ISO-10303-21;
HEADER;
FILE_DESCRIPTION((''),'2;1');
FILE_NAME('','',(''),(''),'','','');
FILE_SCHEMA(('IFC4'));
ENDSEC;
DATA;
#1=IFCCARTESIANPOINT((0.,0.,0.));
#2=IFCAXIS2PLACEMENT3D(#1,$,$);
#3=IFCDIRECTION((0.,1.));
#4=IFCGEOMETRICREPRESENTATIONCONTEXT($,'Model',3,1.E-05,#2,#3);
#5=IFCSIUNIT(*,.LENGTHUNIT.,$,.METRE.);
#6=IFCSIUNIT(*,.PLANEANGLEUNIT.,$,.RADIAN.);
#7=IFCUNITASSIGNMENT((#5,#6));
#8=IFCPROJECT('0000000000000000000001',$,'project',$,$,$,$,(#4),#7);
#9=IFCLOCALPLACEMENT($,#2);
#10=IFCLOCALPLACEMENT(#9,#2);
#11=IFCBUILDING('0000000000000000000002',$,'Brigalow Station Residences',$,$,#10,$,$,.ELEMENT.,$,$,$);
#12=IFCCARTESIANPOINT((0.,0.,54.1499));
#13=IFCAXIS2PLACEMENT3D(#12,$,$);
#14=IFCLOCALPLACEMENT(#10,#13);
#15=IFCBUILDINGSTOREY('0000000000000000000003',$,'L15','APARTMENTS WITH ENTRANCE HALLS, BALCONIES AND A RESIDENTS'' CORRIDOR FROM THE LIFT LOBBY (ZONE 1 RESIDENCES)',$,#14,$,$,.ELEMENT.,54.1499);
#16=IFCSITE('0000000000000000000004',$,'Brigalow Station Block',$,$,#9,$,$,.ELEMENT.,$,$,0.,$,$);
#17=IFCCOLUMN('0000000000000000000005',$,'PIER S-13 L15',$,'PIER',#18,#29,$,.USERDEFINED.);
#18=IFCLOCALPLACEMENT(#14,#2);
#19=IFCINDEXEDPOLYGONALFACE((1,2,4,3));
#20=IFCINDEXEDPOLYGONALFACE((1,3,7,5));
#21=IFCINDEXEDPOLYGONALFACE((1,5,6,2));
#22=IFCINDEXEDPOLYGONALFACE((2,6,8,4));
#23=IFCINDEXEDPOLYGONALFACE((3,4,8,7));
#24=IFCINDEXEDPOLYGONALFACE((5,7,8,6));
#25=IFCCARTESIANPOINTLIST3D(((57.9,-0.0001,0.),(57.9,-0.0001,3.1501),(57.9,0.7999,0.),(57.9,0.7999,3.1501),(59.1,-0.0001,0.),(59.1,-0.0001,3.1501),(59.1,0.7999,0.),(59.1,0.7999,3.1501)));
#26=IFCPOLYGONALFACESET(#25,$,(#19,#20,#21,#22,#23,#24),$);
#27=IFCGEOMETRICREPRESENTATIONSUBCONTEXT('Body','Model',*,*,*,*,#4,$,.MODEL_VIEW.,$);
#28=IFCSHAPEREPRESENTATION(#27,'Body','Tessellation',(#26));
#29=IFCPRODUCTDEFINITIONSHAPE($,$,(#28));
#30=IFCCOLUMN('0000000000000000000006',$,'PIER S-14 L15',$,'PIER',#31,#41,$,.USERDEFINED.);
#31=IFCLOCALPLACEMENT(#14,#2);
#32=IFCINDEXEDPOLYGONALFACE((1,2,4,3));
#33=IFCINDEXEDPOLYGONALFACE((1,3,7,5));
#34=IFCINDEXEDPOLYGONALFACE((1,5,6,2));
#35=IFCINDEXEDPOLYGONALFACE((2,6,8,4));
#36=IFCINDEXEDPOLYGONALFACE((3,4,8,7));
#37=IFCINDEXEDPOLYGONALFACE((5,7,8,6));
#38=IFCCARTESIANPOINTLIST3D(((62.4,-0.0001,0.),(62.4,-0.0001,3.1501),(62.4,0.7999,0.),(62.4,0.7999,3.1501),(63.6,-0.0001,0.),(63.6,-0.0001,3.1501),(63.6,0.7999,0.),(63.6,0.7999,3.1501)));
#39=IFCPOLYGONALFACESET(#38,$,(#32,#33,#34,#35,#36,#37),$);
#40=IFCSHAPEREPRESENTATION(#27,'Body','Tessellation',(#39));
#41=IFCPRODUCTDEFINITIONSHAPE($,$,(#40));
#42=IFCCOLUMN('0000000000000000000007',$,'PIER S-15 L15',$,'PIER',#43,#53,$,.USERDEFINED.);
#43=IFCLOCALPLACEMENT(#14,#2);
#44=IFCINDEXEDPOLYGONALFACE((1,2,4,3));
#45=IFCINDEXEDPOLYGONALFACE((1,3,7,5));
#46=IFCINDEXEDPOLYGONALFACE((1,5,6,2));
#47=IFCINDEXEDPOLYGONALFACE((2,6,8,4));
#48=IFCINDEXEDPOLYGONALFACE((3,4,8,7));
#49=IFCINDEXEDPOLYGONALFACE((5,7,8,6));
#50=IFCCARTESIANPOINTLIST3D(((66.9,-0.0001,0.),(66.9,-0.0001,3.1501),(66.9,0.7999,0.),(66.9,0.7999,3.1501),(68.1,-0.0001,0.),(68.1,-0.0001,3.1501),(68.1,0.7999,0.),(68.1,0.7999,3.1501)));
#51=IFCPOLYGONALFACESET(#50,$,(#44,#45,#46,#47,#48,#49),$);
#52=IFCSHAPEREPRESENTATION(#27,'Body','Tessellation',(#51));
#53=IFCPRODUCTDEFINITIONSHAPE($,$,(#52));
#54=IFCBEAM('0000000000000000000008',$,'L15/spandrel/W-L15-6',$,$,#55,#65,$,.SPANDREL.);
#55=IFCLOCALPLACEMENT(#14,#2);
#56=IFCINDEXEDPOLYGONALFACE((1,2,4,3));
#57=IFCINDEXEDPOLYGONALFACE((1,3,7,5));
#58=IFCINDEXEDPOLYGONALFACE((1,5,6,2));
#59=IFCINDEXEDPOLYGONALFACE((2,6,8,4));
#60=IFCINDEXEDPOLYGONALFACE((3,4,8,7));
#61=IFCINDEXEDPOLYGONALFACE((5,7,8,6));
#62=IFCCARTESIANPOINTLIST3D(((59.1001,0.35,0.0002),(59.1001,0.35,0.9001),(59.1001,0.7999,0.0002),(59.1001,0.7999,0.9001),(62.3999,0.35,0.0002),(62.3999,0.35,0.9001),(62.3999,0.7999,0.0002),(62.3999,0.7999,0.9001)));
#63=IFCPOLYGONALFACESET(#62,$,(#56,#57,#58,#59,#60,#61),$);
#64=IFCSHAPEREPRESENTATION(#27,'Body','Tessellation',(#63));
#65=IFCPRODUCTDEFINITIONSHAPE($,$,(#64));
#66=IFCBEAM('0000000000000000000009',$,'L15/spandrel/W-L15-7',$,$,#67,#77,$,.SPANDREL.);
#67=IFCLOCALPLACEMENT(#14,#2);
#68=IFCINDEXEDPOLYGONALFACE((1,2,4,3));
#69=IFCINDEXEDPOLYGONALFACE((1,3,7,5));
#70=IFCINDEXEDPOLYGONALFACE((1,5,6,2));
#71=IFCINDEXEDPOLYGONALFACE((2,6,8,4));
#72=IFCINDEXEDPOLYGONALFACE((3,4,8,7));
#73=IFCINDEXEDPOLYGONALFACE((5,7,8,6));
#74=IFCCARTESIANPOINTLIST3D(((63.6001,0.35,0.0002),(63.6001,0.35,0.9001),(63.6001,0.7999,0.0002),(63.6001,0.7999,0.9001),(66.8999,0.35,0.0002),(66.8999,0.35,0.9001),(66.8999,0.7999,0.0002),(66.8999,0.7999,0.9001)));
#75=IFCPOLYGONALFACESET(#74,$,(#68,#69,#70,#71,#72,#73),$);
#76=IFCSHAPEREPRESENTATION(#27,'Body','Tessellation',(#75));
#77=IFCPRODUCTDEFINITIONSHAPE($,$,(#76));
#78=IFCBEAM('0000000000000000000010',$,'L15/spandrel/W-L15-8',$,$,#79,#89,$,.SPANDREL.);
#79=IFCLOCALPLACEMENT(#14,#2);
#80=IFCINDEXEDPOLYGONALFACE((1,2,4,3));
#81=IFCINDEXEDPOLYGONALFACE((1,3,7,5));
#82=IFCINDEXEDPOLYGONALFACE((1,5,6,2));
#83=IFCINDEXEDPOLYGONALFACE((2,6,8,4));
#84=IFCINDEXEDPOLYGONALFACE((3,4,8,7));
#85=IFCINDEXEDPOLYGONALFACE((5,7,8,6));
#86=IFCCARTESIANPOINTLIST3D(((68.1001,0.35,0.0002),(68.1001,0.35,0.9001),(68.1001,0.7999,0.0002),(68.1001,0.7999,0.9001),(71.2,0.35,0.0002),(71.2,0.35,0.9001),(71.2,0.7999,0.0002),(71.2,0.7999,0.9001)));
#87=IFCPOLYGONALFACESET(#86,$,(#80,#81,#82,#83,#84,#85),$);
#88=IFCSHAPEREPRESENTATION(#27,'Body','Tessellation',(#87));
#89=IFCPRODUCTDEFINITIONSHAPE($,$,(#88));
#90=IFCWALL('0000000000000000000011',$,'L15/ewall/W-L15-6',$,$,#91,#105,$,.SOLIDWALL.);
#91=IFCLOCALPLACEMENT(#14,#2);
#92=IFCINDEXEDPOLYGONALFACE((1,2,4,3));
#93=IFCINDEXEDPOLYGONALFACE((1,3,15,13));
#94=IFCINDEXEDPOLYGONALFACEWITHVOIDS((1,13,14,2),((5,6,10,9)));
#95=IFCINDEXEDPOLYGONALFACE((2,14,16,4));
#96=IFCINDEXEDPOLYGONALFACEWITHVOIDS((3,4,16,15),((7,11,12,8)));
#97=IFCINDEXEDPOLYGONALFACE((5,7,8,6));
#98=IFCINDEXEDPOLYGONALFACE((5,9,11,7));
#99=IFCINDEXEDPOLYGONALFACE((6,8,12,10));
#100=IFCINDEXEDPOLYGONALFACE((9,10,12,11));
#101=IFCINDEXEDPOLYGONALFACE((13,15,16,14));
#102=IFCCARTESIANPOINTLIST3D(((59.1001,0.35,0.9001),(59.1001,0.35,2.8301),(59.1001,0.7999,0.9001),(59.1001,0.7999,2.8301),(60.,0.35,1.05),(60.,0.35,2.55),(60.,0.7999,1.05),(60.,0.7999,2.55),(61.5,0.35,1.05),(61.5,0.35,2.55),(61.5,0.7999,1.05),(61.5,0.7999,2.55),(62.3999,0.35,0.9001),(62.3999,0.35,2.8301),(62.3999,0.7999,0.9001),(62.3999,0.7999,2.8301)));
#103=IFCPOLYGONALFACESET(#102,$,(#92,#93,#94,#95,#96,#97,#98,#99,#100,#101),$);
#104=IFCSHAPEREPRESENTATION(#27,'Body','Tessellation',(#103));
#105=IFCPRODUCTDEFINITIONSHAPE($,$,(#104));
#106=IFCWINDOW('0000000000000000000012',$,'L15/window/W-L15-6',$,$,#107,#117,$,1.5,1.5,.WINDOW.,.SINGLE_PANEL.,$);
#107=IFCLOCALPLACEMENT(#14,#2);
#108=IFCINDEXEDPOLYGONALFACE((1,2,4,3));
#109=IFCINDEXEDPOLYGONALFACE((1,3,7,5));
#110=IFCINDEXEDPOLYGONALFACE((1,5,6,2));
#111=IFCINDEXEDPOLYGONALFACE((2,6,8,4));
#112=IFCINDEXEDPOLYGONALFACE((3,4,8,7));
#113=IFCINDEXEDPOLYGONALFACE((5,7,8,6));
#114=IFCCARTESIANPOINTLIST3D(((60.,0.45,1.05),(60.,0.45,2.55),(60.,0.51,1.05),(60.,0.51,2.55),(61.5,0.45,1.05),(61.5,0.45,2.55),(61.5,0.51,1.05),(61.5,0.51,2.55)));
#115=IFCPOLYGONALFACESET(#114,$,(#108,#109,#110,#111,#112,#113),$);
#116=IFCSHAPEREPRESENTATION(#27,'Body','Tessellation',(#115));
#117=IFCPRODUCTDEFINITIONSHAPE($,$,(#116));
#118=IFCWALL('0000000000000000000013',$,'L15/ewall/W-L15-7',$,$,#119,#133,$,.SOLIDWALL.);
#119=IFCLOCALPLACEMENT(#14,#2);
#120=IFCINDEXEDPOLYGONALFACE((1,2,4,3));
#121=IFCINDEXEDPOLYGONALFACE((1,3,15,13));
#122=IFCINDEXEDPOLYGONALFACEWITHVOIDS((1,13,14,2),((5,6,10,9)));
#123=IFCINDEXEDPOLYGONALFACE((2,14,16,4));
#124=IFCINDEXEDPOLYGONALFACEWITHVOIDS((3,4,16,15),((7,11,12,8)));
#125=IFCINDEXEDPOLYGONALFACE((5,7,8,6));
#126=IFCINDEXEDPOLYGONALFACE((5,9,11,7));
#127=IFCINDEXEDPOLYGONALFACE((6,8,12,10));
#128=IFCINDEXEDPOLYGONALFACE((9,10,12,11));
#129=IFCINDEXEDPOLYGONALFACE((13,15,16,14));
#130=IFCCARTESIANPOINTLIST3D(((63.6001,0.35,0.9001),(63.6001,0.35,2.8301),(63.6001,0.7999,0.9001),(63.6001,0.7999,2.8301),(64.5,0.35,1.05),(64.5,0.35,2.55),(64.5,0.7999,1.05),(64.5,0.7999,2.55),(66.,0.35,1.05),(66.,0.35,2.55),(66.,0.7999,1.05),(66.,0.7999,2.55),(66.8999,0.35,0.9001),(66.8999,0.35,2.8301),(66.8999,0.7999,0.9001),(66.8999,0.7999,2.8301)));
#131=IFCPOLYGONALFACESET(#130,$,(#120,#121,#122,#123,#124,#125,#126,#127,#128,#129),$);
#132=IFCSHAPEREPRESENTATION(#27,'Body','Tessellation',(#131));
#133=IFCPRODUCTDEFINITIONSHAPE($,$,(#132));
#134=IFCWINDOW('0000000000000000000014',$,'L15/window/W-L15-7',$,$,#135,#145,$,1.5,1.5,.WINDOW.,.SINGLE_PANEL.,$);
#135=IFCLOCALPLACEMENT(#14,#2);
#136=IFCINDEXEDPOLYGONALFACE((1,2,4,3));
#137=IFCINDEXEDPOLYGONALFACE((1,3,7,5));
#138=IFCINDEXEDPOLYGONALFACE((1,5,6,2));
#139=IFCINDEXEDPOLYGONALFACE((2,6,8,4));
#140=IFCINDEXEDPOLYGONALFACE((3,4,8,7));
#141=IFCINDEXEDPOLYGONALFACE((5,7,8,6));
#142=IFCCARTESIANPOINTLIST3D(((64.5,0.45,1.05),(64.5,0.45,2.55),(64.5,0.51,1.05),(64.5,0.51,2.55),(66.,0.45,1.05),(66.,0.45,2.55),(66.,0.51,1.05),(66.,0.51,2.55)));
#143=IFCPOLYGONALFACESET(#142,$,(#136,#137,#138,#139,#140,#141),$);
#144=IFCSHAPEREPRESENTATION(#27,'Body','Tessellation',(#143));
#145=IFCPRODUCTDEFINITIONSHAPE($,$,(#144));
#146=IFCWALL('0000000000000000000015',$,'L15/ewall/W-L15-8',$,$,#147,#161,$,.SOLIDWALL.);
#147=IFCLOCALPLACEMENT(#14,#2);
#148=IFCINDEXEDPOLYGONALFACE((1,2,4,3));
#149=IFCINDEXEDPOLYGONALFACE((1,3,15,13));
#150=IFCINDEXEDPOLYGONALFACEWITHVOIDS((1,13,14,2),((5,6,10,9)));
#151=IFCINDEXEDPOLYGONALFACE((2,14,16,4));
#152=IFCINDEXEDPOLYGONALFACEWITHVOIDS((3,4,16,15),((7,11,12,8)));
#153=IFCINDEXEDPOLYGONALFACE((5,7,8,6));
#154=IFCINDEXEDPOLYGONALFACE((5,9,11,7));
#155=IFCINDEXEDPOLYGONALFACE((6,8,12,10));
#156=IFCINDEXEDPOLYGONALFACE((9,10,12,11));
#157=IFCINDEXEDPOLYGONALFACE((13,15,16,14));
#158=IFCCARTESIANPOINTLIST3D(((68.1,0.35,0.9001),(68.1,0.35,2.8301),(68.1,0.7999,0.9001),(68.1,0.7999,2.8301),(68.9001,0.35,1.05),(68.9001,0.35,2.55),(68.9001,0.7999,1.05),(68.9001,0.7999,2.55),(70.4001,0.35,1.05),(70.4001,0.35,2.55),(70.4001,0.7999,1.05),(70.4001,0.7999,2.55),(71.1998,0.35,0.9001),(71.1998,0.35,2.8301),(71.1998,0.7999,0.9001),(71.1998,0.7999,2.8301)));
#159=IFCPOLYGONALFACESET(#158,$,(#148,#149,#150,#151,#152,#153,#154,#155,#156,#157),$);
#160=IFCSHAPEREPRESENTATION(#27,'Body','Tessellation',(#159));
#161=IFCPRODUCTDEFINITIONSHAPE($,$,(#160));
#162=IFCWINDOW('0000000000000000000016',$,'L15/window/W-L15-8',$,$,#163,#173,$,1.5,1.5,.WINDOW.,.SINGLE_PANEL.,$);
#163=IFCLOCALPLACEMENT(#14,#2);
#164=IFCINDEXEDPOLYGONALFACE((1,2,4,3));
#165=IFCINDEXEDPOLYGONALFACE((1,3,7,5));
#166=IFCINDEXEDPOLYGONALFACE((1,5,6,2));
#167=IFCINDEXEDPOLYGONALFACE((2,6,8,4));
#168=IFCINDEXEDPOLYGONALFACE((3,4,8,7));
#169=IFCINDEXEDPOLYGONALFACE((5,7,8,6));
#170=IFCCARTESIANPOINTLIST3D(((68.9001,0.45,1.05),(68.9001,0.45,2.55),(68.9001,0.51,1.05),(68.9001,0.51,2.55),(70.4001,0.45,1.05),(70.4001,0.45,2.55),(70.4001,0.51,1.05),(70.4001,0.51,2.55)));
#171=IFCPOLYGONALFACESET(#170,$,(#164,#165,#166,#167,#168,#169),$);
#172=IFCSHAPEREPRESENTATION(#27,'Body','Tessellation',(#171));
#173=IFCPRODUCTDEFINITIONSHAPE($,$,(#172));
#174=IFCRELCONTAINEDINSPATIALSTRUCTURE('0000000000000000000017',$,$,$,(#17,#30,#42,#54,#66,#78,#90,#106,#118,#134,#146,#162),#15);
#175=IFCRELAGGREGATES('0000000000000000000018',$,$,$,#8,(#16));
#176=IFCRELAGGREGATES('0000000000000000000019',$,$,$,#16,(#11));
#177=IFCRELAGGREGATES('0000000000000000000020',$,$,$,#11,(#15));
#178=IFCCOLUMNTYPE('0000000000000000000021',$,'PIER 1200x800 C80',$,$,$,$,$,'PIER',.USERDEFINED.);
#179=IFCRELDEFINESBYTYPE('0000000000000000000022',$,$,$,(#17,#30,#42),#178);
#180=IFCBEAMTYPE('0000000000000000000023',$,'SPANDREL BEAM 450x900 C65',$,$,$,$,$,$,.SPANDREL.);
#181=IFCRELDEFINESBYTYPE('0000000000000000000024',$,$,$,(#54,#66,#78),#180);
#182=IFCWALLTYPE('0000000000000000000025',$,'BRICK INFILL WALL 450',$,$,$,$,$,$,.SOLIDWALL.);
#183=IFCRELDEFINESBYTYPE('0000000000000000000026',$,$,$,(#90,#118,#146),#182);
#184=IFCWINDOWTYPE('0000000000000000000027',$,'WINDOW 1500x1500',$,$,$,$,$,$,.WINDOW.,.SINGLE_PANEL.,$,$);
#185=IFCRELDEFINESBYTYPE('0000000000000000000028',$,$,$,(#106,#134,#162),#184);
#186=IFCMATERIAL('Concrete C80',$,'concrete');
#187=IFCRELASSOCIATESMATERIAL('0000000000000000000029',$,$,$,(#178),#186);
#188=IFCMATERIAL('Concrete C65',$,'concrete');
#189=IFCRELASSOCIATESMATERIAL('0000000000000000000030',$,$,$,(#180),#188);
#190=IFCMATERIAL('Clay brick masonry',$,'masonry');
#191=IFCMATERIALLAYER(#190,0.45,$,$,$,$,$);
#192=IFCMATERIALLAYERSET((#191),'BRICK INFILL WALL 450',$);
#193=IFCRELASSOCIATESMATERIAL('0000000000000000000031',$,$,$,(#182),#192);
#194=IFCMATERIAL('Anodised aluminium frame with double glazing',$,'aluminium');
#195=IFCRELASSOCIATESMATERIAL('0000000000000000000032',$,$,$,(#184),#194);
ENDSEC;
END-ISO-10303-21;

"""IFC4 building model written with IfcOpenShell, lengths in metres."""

from ifc_helpers import new_model, si_unit, direction, frame, frame_2d, origin, origin_2d, place, context, subcontext, project, spatial, rectangle, extrude, material, layer, layer_set, material_profile, profile_set, type_object, element, fill, save


model = new_model("IFC4")

# Units and contexts
model_context = context("Model", 3, precision=1e-05, world=origin(), true_north=direction((0.0, 1.0)))
body_context = subcontext(model_context, "Body", "Model", "MODEL_VIEW")
ifc_project = project(units=[si_unit("LENGTHUNIT", "METRE"), si_unit("PLANEANGLEUNIT", "RADIAN")], contexts=[model_context])

# Site, building, storey
site_placement = place(None, origin())
site = spatial("IfcSite", under=ifc_project, at=site_placement, Name="Brigalow Station Block", CompositionType="ELEMENT", RefElevation=0.0)
building_placement = place(site_placement, origin())
building = spatial("IfcBuilding", under=site, at=building_placement, Name="Brigalow Station Residences", CompositionType="ELEMENT")
storey_placement = place(building_placement, frame((0.0, 0.0, 54.1499)))
storey = spatial("IfcBuildingStorey", under=building, at=storey_placement, Name="L15", Description="APARTMENTS WITH ENTRANCE HALLS, BALCONIES AND A RESIDENTS' CORRIDOR FROM THE LIFT LOBBY (ZONE 1 RESIDENCES)", CompositionType="ELEMENT", Elevation=54.1499)

# Columns
ifc_material_1 = material(Name="Concrete C80", Category="concrete")
ifc_material_profile_1 = material_profile(ifc_material_1, rectangle(XDim=1.2, YDim=0.8, at=origin_2d()), Name="RC1200x800")
ifc_profile_set_1 = profile_set([ifc_material_profile_1], Name="Concrete C80")
column_type = type_object("IfcColumnType", Name="PIER 1200x800 C80", ElementType="PIER", PredefinedType="USERDEFINED", material=ifc_profile_set_1)
for number, where, z_axis, x_axis, name in (
    (1, (58.5, 0.3999, 0.0), (0.0, 0.0, 1.0), (1.0, 0.0, 0.0), "PIER S-13 L15"),
    (2, (63.0, 0.3999, 0.0), (0.0, 0.0, 1.0), (1.0, 0.0, 0.0), "PIER S-14 L15"),
    (3, (67.5, 0.3999, 0.0), (0.0, 0.0, 1.0), (1.0, 0.0, 0.0), "PIER S-15 L15"),
):
    element("IfcColumn", number, at=place(storey_placement, frame(where, z_axis=z_axis, x_axis=x_axis)), inside=storey, type_object=column_type, Name=name, ObjectType="PIER", PredefinedType="USERDEFINED", context=body_context, shape_type="SweptSolid", body=[
        extrude(rectangle(XDim=1.2, YDim=0.8, at=origin_2d()), origin(), (0.0, 0.0, 1.0), 3.1501),
    ])

# Beams
ifc_material_2 = material(Name="Concrete C65", Category="concrete")
ifc_material_profile_2 = material_profile(ifc_material_2, rectangle(XDim=0.45, YDim=0.8999, at=origin_2d()), Name="RC450x900")
ifc_profile_set_2 = profile_set([ifc_material_profile_2], Name="Concrete C65")
beam_type = type_object("IfcBeamType", Name="SPANDREL BEAM 450x900 C65", PredefinedType="SPANDREL", material=ifc_profile_set_2)
for number, where, z_axis, x_axis, name in (
    (4, (59.1001, 0.575, 0.4502), (1.0, 0.0, 0.0), (0.0, 1.0, 0.0), "L15/spandrel/W-L15-6"),
    (5, (63.6001, 0.575, 0.4502), (1.0, 0.0, 0.0), (0.0, 1.0, 0.0), "L15/spandrel/W-L15-7"),
):
    element("IfcBeam", number, at=place(storey_placement, frame(where, z_axis=z_axis, x_axis=x_axis)), inside=storey, type_object=beam_type, Name=name, PredefinedType="SPANDREL", context=body_context, shape_type="SweptSolid", body=[
        extrude(rectangle(XDim=0.45, YDim=0.8999, at=origin_2d()), origin(), (0.0, 0.0, 1.0), 3.2998),
    ])
beam_placement = place(storey_placement, frame((68.1001, 0.575, 0.4502), z_axis=(1.0, 0.0, 0.0), x_axis=(0.0, 1.0, 0.0)))
element("IfcBeam", 6, at=beam_placement, inside=storey, type_object=beam_type, Name="L15/spandrel/W-L15-8", PredefinedType="SPANDREL", context=body_context, shape_type="SweptSolid", body=[
    extrude(rectangle(XDim=0.45, YDim=0.8999, at=origin_2d()), origin(), (0.0, 0.0, 1.0), 3.0999),
])

# Walls, openings, windows
ifc_material_3 = material(Name="Clay brick masonry", Category="masonry")
ifc_layer_1 = layer(ifc_material_3, 0.45)
ifc_layer_set_1 = layer_set([ifc_layer_1], Name="BRICK INFILL WALL 450")
wall_type_1 = type_object("IfcWallType", Name="BRICK INFILL WALL 450", PredefinedType="SOLIDWALL", material=ifc_layer_set_1)
wall_1_placement = place(storey_placement, frame((59.1001, 0.575, 0.9001), z_axis=(0.0, 0.0, 1.0), x_axis=(1.0, 0.0, 0.0)))
wall_1 = element("IfcWall", 7, at=wall_1_placement, inside=storey, type_object=wall_type_1, Name="L15/ewall/W-L15-6", PredefinedType="SOLIDWALL", context=body_context, shape_type="SweptSolid", body=[
    extrude(rectangle(XDim=3.2998, YDim=0.45, at=frame_2d((1.6499, 0.0))), origin(), (0.0, 0.0, 1.0), 1.9299),
])
opening_1_placement = place(wall_1_placement, frame((0.8999, 0.0, 0.1499)))
opening_1 = element("IfcOpeningElement", 8, at=opening_1_placement, cuts=wall_1, PredefinedType="OPENING", context=body_context, shape_type="SweptSolid", body=[
    extrude(rectangle(XDim=1.5, YDim=1.5, at=frame_2d((0.75, 0.75))), frame((0.0, 0.2349, 0.0), z_axis=(0.0, -1.0, 0.0), x_axis=(1.0, 0.0, 0.0)), (0.0, 0.0, 1.0), 0.47),
])
ifc_material_4 = material(Name="Anodised aluminium frame with double glazing", Category="aluminium")
window_type = type_object("IfcWindowType", Name="WINDOW 1500x1500", PartitioningType="SINGLE_PANEL", PredefinedType="WINDOW", material=ifc_material_4)
window_1_placement = place(opening_1_placement, origin())
window_1 = element("IfcWindow", 9, at=window_1_placement, inside=storey, type_object=window_type, Name="L15/window/W-L15-6", OverallHeight=1.5, OverallWidth=1.5, PartitioningType="SINGLE_PANEL", PredefinedType="WINDOW", context=body_context, shape_type="SweptSolid", body=[
    extrude(rectangle(XDim=1.5, YDim=1.5, at=frame_2d((0.75, 0.75))), frame((0.0, -0.0649, 0.0), z_axis=(0.0, -1.0, 0.0), x_axis=(1.0, 0.0, 0.0)), (0.0, 0.0, 1.0), 0.0601),
])
fill(opening_1, window_1)
wall_2_placement = place(storey_placement, frame((63.6001, 0.575, 0.9001), z_axis=(0.0, 0.0, 1.0), x_axis=(1.0, 0.0, 0.0)))
wall_2 = element("IfcWall", 10, at=wall_2_placement, inside=storey, type_object=wall_type_1, Name="L15/ewall/W-L15-7", PredefinedType="SOLIDWALL", context=body_context, shape_type="SweptSolid", body=[
    extrude(rectangle(XDim=3.2998, YDim=0.45, at=frame_2d((1.6499, 0.0))), origin(), (0.0, 0.0, 1.0), 1.9299),
])
opening_2_placement = place(wall_2_placement, frame((0.8999, 0.0, 0.1499)))
opening_2 = element("IfcOpeningElement", 11, at=opening_2_placement, cuts=wall_2, PredefinedType="OPENING", context=body_context, shape_type="SweptSolid", body=[
    extrude(rectangle(XDim=1.5, YDim=1.5, at=frame_2d((0.75, 0.75))), frame((0.0, 0.2349, 0.0), z_axis=(0.0, -1.0, 0.0), x_axis=(1.0, 0.0, 0.0)), (0.0, 0.0, 1.0), 0.47),
])
window_2_placement = place(opening_2_placement, origin())
window_2 = element("IfcWindow", 12, at=window_2_placement, inside=storey, type_object=window_type, Name="L15/window/W-L15-7", OverallHeight=1.5, OverallWidth=1.5, PartitioningType="SINGLE_PANEL", PredefinedType="WINDOW", context=body_context, shape_type="SweptSolid", body=[
    extrude(rectangle(XDim=1.5, YDim=1.5, at=frame_2d((0.75, 0.75))), frame((0.0, -0.0649, 0.0), z_axis=(0.0, -1.0, 0.0), x_axis=(1.0, 0.0, 0.0)), (0.0, 0.0, 1.0), 0.0601),
])
fill(opening_2, window_2)
wall_3_placement = place(storey_placement, frame((68.1001, 0.575, 0.9001), z_axis=(0.0, 0.0, 1.0), x_axis=(1.0, 0.0, 0.0)))
wall_3 = element("IfcWall", 13, at=wall_3_placement, inside=storey, type_object=wall_type_1, Name="L15/ewall/W-L15-8", PredefinedType="SOLIDWALL", context=body_context, shape_type="SweptSolid", body=[
    extrude(rectangle(XDim=3.0999, YDim=0.45, at=frame_2d((1.5498, 0.0))), origin(), (0.0, 0.0, 1.0), 1.9299),
])
opening_3_placement = place(wall_3_placement, frame((0.8, 0.0, 0.1499)))
opening_3 = element("IfcOpeningElement", 14, at=opening_3_placement, cuts=wall_3, PredefinedType="OPENING", context=body_context, shape_type="SweptSolid", body=[
    extrude(rectangle(XDim=1.5, YDim=1.5, at=frame_2d((0.75, 0.75))), frame((0.0, 0.2349, 0.0), z_axis=(0.0, -1.0, 0.0), x_axis=(1.0, 0.0, 0.0)), (0.0, 0.0, 1.0), 0.47),
])
window_3_placement = place(opening_3_placement, origin())
window_3 = element("IfcWindow", 15, at=window_3_placement, inside=storey, type_object=window_type, Name="L15/window/W-L15-8", OverallHeight=1.5, OverallWidth=1.5, PartitioningType="SINGLE_PANEL", PredefinedType="WINDOW", context=body_context, shape_type="SweptSolid", body=[
    extrude(rectangle(XDim=1.5, YDim=1.5, at=frame_2d((0.75, 0.75))), frame((0.0, -0.0649, 0.0), z_axis=(0.0, -1.0, 0.0), x_axis=(1.0, 0.0, 0.0)), (0.0, 0.0, 1.0), 0.0601),
])
fill(opening_3, window_3)

save(model, "model.ifc")
